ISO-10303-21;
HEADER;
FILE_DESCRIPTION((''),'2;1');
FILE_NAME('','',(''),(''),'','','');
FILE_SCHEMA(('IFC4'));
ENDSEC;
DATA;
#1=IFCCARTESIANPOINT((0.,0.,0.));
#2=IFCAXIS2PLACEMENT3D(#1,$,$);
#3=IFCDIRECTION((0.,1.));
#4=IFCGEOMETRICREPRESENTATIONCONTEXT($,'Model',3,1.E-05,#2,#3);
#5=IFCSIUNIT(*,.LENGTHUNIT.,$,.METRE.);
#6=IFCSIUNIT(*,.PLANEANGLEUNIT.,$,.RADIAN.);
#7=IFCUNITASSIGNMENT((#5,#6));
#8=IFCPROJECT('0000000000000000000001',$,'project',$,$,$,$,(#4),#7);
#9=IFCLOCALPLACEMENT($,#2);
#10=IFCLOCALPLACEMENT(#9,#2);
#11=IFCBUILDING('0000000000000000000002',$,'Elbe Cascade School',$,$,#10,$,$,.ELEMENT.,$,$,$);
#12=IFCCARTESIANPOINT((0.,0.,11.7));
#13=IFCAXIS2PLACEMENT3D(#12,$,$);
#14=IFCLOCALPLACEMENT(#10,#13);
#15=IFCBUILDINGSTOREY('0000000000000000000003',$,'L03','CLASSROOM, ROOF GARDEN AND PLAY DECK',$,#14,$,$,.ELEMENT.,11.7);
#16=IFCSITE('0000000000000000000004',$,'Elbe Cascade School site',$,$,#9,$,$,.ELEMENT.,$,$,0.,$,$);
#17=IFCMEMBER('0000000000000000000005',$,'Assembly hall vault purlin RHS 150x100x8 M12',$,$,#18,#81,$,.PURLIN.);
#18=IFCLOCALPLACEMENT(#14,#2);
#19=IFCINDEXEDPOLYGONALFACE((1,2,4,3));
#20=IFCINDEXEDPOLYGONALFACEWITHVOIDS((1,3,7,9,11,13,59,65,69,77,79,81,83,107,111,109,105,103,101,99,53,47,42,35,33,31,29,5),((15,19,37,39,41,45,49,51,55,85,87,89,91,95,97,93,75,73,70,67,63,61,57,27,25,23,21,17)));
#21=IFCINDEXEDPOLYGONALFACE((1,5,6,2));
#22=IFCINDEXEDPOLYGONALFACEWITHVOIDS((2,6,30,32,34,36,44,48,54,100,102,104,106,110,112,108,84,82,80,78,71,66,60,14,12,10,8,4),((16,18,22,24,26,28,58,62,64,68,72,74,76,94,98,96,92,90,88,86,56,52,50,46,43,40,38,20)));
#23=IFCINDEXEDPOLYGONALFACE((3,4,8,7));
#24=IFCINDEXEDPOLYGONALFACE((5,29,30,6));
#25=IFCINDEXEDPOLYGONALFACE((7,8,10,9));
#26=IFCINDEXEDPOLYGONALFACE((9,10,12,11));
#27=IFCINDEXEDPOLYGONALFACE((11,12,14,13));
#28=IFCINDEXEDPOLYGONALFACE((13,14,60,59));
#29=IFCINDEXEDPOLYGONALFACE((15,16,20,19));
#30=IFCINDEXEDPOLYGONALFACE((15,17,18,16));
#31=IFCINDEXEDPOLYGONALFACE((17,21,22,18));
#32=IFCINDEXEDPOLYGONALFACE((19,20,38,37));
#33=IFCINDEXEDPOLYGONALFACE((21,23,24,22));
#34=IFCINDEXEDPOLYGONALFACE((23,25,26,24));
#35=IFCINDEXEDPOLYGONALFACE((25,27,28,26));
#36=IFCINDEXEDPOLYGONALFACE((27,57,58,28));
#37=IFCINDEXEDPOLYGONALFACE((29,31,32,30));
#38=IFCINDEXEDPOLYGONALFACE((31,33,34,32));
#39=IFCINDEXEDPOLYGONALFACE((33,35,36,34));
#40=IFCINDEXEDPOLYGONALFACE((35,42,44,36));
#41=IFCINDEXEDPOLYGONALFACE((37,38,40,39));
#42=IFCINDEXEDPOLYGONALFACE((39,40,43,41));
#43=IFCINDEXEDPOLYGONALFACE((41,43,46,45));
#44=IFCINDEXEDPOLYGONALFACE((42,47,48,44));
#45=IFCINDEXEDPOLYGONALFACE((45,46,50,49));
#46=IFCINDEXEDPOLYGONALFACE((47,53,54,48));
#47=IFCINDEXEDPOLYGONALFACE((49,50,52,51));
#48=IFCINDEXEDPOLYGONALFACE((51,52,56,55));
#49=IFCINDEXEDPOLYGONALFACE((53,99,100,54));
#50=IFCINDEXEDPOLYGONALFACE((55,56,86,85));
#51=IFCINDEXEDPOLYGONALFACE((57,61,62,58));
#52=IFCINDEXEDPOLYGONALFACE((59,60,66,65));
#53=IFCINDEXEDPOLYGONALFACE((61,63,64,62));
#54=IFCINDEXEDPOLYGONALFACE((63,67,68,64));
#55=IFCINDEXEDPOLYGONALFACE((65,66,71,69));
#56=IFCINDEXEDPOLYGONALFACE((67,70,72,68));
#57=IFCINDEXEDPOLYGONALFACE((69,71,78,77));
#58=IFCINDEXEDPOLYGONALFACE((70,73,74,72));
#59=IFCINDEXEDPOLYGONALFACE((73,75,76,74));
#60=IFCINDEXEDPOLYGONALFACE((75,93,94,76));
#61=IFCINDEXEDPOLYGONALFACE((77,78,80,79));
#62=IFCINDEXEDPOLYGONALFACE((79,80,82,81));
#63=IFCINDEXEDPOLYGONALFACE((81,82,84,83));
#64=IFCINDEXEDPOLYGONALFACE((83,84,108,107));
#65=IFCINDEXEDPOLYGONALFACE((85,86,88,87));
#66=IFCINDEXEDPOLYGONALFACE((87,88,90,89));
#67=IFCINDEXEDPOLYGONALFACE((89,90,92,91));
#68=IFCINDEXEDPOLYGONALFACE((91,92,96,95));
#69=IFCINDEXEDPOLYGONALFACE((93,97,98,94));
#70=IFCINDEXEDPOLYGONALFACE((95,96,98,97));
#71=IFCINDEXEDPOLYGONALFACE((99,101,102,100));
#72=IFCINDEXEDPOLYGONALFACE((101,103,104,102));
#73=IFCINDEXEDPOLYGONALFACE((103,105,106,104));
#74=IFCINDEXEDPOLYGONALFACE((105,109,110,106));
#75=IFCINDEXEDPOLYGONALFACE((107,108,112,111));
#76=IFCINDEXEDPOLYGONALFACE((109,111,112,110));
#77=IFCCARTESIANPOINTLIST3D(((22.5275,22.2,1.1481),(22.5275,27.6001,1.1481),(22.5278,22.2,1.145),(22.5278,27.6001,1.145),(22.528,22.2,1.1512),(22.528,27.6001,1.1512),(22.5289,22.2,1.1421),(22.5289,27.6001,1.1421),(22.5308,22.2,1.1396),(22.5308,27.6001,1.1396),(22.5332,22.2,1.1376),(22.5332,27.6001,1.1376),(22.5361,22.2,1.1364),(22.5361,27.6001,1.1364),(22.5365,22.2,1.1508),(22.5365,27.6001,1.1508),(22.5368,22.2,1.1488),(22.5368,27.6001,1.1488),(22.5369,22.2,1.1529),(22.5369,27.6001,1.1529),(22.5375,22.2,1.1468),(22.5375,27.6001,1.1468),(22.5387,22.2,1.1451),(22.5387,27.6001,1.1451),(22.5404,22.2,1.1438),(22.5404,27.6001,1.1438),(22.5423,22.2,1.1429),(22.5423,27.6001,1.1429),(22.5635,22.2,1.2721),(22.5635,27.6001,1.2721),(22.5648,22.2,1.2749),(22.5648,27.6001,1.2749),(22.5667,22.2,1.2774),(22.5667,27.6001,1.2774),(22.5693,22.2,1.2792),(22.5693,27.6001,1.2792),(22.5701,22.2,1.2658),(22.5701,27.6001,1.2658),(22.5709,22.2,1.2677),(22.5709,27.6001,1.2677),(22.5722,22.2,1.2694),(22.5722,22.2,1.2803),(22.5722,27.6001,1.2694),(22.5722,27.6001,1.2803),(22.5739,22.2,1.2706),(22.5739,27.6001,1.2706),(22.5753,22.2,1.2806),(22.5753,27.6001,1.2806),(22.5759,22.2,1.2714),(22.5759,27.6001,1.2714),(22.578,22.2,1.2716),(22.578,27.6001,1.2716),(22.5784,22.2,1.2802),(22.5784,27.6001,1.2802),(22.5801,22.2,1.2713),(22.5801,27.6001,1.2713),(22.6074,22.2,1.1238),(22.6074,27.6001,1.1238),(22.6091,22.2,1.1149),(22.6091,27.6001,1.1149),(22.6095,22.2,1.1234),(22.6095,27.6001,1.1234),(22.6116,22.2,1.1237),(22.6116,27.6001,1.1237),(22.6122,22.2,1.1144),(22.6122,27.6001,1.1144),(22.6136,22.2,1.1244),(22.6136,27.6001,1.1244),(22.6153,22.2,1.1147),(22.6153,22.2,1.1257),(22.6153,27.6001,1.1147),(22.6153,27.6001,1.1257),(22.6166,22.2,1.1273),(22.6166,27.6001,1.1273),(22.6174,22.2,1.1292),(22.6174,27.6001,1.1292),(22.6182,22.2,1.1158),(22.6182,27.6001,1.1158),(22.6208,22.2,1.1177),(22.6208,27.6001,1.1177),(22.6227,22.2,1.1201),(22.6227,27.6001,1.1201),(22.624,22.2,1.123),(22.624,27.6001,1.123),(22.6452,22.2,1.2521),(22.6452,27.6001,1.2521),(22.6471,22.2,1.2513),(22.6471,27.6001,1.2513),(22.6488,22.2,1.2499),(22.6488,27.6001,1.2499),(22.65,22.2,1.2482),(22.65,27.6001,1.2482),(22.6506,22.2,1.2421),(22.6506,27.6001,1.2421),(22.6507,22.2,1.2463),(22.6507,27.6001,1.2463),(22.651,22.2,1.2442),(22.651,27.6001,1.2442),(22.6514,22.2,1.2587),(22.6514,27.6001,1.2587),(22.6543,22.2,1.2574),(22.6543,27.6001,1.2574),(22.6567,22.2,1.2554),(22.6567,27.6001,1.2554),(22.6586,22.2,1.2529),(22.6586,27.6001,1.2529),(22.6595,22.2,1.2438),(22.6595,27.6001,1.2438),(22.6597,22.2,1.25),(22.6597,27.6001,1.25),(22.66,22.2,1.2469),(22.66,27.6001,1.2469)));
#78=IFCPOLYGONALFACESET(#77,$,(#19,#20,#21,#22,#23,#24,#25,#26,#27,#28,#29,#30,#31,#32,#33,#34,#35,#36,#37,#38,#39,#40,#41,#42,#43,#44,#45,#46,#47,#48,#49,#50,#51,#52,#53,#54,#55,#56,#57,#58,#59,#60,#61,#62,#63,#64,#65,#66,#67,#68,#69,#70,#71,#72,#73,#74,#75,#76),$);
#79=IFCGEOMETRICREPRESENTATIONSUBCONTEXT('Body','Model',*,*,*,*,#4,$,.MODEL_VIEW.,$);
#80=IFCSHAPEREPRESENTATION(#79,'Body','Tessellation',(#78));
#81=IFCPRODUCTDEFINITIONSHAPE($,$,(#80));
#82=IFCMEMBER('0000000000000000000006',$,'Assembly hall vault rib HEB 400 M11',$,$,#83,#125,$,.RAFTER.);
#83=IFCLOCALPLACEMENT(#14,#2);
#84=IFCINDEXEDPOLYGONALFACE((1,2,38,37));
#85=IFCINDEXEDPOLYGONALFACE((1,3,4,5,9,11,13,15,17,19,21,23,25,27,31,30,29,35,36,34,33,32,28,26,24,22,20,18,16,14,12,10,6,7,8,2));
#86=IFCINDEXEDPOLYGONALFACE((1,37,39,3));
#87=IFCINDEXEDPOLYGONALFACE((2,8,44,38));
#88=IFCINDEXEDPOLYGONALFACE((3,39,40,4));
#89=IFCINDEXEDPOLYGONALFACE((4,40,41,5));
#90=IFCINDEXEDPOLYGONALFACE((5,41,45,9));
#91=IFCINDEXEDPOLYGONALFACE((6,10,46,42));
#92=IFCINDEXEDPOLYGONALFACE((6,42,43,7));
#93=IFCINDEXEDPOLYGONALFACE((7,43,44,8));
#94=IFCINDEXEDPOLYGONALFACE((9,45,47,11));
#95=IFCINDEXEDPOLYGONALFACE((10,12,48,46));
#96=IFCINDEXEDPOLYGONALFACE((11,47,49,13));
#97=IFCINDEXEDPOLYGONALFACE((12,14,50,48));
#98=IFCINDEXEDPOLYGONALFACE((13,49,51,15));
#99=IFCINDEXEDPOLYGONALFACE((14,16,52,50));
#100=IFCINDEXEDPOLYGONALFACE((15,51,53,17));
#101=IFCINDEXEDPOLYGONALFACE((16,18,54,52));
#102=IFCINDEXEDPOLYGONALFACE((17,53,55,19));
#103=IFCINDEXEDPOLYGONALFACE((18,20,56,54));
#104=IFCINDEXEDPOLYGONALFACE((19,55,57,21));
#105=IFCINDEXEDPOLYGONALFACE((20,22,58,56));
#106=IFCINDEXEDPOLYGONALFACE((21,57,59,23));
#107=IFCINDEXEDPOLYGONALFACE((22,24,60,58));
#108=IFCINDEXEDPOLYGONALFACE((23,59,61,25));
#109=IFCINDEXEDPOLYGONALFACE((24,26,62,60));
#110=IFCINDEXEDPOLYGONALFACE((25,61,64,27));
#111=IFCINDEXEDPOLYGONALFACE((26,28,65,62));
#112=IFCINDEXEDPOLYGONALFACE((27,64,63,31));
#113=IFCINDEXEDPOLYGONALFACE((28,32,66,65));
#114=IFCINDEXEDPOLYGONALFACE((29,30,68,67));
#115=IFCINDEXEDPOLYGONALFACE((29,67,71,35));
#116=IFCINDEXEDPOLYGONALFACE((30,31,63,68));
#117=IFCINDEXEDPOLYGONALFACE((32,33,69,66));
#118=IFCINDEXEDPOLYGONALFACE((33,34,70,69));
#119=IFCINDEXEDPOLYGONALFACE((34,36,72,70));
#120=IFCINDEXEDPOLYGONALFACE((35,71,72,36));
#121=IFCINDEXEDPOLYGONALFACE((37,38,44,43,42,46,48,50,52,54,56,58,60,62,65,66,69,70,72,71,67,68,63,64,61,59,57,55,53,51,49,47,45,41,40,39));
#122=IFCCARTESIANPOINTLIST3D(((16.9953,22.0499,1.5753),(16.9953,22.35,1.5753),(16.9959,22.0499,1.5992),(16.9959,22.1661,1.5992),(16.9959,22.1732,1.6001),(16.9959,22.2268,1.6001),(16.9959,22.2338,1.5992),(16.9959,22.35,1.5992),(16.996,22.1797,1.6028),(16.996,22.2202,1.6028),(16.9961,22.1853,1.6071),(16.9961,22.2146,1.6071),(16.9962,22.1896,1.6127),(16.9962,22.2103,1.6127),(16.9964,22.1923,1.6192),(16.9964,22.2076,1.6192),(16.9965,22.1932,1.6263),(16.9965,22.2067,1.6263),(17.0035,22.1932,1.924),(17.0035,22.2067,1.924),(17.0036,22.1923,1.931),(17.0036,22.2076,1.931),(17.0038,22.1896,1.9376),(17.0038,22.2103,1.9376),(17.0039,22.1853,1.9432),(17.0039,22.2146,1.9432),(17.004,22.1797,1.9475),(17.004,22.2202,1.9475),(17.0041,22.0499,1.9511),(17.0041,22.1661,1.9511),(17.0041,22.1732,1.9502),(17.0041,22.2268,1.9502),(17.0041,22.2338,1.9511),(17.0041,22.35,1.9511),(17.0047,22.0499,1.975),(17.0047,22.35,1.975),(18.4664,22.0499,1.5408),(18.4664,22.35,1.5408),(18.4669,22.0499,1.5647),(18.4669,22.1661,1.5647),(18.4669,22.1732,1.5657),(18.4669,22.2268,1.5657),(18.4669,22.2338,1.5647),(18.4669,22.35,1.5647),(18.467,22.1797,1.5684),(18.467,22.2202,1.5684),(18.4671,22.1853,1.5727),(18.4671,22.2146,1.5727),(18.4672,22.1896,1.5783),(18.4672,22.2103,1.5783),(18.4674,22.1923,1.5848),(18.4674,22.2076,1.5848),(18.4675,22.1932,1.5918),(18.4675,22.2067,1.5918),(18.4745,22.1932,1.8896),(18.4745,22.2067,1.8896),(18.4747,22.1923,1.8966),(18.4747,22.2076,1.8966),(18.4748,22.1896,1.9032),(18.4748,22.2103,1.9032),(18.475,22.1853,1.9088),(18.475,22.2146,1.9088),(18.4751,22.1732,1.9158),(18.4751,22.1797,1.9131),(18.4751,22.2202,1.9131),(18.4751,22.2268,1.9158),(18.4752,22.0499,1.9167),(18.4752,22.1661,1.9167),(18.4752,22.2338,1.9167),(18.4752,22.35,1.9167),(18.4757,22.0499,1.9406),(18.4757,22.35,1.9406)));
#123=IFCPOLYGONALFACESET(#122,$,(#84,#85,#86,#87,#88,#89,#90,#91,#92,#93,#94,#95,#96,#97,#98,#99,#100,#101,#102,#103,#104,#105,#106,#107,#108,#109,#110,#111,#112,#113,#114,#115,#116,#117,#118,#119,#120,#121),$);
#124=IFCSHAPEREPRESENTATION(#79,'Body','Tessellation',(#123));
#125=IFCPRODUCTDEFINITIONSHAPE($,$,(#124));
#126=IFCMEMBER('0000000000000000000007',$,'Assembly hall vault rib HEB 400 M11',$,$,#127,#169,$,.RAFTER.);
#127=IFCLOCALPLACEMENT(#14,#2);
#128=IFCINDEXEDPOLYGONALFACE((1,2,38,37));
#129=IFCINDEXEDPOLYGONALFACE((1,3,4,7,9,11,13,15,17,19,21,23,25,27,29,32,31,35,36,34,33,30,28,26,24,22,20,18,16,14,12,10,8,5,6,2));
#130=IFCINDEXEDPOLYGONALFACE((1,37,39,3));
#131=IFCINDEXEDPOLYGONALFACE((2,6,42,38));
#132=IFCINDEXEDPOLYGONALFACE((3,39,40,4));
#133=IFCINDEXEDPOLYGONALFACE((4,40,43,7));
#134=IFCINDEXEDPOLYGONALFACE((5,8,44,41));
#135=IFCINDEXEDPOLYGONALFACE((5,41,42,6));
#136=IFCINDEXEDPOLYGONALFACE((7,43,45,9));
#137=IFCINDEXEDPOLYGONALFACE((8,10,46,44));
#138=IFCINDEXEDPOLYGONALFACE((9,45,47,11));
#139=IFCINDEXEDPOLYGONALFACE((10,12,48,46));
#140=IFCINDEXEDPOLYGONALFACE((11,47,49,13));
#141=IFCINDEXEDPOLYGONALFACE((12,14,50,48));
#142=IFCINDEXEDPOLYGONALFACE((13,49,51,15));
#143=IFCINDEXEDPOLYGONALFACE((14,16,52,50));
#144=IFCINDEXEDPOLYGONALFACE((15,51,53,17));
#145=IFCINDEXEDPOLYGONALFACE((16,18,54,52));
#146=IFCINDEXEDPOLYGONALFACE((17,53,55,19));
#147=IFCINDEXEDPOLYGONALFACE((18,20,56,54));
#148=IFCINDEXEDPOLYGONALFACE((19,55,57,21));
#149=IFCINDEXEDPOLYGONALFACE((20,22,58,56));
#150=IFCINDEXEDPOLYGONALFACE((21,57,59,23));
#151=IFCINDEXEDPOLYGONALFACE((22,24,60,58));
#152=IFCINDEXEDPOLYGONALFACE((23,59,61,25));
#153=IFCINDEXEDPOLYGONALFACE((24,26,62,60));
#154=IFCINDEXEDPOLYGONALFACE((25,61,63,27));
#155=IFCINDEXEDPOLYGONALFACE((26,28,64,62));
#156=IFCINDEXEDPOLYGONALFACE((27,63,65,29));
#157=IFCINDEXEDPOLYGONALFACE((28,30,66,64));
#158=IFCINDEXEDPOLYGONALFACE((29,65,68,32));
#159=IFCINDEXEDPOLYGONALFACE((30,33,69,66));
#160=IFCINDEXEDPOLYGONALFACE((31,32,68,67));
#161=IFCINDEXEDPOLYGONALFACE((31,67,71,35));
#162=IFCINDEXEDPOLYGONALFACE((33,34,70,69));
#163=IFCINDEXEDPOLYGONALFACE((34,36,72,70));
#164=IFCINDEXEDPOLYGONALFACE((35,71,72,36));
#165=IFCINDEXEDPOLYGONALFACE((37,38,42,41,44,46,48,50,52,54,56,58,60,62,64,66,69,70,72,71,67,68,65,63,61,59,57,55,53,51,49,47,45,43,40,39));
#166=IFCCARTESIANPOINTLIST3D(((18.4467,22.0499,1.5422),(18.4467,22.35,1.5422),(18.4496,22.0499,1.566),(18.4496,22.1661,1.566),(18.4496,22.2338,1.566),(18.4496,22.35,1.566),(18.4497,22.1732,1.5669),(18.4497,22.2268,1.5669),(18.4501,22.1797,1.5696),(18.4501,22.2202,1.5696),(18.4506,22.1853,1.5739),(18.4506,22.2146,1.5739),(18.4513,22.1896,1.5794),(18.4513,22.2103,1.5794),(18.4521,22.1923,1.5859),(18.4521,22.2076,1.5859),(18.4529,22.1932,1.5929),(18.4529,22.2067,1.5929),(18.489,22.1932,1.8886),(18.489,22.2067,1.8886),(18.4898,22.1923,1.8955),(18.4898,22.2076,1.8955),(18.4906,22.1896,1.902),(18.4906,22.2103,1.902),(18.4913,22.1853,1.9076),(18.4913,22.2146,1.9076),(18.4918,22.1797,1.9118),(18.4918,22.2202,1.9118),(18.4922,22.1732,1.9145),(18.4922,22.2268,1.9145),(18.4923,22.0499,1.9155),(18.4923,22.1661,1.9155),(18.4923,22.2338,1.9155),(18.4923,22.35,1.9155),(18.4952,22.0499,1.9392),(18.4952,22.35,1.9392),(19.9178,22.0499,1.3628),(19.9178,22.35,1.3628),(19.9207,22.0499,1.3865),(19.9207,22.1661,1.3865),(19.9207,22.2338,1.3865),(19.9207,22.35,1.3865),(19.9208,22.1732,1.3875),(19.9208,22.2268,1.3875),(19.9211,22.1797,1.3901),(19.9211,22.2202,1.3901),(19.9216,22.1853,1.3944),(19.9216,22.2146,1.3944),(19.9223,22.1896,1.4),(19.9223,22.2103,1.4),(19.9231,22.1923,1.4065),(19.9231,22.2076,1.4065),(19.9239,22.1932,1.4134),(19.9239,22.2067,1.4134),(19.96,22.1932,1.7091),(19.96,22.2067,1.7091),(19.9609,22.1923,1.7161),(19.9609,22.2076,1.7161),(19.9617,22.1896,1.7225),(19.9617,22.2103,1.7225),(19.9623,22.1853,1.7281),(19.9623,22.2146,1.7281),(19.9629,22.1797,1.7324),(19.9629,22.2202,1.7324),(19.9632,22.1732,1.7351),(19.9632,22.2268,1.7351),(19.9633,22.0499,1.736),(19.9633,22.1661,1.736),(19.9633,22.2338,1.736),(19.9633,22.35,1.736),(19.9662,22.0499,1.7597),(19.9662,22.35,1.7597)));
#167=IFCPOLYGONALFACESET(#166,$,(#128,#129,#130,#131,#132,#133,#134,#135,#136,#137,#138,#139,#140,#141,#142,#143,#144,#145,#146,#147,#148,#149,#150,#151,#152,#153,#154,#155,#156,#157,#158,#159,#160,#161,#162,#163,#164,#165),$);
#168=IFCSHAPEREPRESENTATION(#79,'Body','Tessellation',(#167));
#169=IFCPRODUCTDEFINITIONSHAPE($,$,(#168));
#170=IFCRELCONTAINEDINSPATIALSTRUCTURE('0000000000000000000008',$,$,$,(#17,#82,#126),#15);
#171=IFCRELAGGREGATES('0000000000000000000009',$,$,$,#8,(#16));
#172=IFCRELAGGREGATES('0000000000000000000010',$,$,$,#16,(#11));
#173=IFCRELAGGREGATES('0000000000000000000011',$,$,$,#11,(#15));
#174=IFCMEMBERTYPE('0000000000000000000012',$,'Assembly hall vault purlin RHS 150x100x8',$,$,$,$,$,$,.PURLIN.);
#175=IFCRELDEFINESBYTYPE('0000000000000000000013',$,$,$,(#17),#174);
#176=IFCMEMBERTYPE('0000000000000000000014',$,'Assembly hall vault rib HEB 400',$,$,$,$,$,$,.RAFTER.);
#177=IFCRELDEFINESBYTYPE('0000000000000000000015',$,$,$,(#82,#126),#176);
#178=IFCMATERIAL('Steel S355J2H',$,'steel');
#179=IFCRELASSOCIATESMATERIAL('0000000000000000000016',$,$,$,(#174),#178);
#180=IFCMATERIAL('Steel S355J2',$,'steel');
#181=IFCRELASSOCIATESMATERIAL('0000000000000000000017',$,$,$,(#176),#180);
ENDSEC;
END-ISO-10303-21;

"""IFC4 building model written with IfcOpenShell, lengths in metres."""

from ifc_helpers import new_model, si_unit, direction, frame, origin, origin_2d, place, context, subcontext, project, spatial, hollow_rectangle, i_section, extrude, material, material_profile, profile_set, type_object, element, save


model = new_model("IFC4")

# Units and contexts
model_context = context("Model", 3, precision=1e-05, world=origin(), true_north=direction((0.0, 1.0)))
body_context = subcontext(model_context, "Body", "Model", "MODEL_VIEW")
ifc_project = project(units=[si_unit("LENGTHUNIT", "METRE"), si_unit("PLANEANGLEUNIT", "RADIAN")], contexts=[model_context])

# Site, building, storey
site_placement = place(None, origin())
site = spatial("IfcSite", under=ifc_project, at=site_placement, Name="Elbe Cascade School site", CompositionType="ELEMENT", RefElevation=0.0)
building_placement = place(site_placement, origin())
building = spatial("IfcBuilding", under=site, at=building_placement, Name="Elbe Cascade School", CompositionType="ELEMENT")
storey_placement = place(building_placement, frame((0.0, 0.0, 11.7)))
storey = spatial("IfcBuildingStorey", under=building, at=storey_placement, Name="L03", Description="CLASSROOM, ROOF GARDEN AND PLAY DECK", CompositionType="ELEMENT", Elevation=11.7)

# Members
ifc_material_1 = material(Name="Steel S355J2H", Category="steel")
ifc_material_profile_1 = material_profile(ifc_material_1, hollow_rectangle(XDim=0.1001, YDim=0.1499, WallThickness=0.0081, InnerFilletRadius=0.0081, OuterFilletRadius=0.012, at=origin_2d()), Name="RHS 150x100x8")
ifc_profile_set_1 = profile_set([ifc_material_profile_1], Name="Steel S355J2H")
member_type_1 = type_object("IfcMemberType", Name="Assembly hall vault purlin RHS 150x100x8", PredefinedType="PURLIN", material=ifc_profile_set_1)
member_1_placement = place(storey_placement, frame((22.5938, 22.2, 1.1975), z_axis=(0.0, 1.0, 0.0), x_axis=(-0.959321, 0.0, 0.282318)))
element("IfcMember", 1, at=member_1_placement, inside=storey, type_object=member_type_1, Name="Assembly hall vault purlin RHS 150x100x8 M12", PredefinedType="PURLIN", context=body_context, shape_type="SweptSolid", body=[
    extrude(hollow_rectangle(XDim=0.1001, YDim=0.1499, WallThickness=0.0081, InnerFilletRadius=0.0081, OuterFilletRadius=0.012, at=origin_2d()), origin(), (0.0, 0.0, 1.0), 5.4001),
])
ifc_material_2 = material(Name="Steel S355J2", Category="steel")
ifc_material_profile_2 = material_profile(ifc_material_2, i_section(OverallWidth=0.3, OverallDepth=0.3999, WebThickness=0.0134, FlangeThickness=0.0239, FilletRadius=0.0271, at=origin_2d()), Name="HEB 400")
ifc_profile_set_2 = profile_set([ifc_material_profile_2], Name="Steel S355J2")
member_type_2 = type_object("IfcMemberType", Name="Assembly hall vault rib HEB 400", PredefinedType="RAFTER", material=ifc_profile_set_2)
member_2_placement = place(storey_placement, frame((17.0, 22.2, 1.7751), z_axis=(0.999726, 0.0, -0.023396), x_axis=(0.0, 1.0, 0.0)))
element("IfcMember", 2, at=member_2_placement, inside=storey, type_object=member_type_2, Name="Assembly hall vault rib HEB 400 M11", PredefinedType="RAFTER", context=body_context, shape_type="SweptSolid", body=[
    extrude(i_section(OverallWidth=0.3, OverallDepth=0.3999, WebThickness=0.0134, FlangeThickness=0.0239, FilletRadius=0.0271, at=origin_2d()), origin(), (0.0, 0.0, 1.0), 1.4714),
])
member_3_placement = place(storey_placement, frame((18.4709, 22.2, 1.7407), z_axis=(0.992641, 0.0, -0.121094), x_axis=(0.0, 1.0, 0.0)))
element("IfcMember", 3, at=member_3_placement, inside=storey, type_object=member_type_2, Name="Assembly hall vault rib HEB 400 M11", PredefinedType="RAFTER", context=body_context, shape_type="SweptSolid", body=[
    extrude(i_section(OverallWidth=0.3, OverallDepth=0.3999, WebThickness=0.0134, FlangeThickness=0.0239, FilletRadius=0.0271, at=origin_2d()), origin(), (0.0, 0.0, 1.0), 1.4819),
])

save(model, "model.ifc")
